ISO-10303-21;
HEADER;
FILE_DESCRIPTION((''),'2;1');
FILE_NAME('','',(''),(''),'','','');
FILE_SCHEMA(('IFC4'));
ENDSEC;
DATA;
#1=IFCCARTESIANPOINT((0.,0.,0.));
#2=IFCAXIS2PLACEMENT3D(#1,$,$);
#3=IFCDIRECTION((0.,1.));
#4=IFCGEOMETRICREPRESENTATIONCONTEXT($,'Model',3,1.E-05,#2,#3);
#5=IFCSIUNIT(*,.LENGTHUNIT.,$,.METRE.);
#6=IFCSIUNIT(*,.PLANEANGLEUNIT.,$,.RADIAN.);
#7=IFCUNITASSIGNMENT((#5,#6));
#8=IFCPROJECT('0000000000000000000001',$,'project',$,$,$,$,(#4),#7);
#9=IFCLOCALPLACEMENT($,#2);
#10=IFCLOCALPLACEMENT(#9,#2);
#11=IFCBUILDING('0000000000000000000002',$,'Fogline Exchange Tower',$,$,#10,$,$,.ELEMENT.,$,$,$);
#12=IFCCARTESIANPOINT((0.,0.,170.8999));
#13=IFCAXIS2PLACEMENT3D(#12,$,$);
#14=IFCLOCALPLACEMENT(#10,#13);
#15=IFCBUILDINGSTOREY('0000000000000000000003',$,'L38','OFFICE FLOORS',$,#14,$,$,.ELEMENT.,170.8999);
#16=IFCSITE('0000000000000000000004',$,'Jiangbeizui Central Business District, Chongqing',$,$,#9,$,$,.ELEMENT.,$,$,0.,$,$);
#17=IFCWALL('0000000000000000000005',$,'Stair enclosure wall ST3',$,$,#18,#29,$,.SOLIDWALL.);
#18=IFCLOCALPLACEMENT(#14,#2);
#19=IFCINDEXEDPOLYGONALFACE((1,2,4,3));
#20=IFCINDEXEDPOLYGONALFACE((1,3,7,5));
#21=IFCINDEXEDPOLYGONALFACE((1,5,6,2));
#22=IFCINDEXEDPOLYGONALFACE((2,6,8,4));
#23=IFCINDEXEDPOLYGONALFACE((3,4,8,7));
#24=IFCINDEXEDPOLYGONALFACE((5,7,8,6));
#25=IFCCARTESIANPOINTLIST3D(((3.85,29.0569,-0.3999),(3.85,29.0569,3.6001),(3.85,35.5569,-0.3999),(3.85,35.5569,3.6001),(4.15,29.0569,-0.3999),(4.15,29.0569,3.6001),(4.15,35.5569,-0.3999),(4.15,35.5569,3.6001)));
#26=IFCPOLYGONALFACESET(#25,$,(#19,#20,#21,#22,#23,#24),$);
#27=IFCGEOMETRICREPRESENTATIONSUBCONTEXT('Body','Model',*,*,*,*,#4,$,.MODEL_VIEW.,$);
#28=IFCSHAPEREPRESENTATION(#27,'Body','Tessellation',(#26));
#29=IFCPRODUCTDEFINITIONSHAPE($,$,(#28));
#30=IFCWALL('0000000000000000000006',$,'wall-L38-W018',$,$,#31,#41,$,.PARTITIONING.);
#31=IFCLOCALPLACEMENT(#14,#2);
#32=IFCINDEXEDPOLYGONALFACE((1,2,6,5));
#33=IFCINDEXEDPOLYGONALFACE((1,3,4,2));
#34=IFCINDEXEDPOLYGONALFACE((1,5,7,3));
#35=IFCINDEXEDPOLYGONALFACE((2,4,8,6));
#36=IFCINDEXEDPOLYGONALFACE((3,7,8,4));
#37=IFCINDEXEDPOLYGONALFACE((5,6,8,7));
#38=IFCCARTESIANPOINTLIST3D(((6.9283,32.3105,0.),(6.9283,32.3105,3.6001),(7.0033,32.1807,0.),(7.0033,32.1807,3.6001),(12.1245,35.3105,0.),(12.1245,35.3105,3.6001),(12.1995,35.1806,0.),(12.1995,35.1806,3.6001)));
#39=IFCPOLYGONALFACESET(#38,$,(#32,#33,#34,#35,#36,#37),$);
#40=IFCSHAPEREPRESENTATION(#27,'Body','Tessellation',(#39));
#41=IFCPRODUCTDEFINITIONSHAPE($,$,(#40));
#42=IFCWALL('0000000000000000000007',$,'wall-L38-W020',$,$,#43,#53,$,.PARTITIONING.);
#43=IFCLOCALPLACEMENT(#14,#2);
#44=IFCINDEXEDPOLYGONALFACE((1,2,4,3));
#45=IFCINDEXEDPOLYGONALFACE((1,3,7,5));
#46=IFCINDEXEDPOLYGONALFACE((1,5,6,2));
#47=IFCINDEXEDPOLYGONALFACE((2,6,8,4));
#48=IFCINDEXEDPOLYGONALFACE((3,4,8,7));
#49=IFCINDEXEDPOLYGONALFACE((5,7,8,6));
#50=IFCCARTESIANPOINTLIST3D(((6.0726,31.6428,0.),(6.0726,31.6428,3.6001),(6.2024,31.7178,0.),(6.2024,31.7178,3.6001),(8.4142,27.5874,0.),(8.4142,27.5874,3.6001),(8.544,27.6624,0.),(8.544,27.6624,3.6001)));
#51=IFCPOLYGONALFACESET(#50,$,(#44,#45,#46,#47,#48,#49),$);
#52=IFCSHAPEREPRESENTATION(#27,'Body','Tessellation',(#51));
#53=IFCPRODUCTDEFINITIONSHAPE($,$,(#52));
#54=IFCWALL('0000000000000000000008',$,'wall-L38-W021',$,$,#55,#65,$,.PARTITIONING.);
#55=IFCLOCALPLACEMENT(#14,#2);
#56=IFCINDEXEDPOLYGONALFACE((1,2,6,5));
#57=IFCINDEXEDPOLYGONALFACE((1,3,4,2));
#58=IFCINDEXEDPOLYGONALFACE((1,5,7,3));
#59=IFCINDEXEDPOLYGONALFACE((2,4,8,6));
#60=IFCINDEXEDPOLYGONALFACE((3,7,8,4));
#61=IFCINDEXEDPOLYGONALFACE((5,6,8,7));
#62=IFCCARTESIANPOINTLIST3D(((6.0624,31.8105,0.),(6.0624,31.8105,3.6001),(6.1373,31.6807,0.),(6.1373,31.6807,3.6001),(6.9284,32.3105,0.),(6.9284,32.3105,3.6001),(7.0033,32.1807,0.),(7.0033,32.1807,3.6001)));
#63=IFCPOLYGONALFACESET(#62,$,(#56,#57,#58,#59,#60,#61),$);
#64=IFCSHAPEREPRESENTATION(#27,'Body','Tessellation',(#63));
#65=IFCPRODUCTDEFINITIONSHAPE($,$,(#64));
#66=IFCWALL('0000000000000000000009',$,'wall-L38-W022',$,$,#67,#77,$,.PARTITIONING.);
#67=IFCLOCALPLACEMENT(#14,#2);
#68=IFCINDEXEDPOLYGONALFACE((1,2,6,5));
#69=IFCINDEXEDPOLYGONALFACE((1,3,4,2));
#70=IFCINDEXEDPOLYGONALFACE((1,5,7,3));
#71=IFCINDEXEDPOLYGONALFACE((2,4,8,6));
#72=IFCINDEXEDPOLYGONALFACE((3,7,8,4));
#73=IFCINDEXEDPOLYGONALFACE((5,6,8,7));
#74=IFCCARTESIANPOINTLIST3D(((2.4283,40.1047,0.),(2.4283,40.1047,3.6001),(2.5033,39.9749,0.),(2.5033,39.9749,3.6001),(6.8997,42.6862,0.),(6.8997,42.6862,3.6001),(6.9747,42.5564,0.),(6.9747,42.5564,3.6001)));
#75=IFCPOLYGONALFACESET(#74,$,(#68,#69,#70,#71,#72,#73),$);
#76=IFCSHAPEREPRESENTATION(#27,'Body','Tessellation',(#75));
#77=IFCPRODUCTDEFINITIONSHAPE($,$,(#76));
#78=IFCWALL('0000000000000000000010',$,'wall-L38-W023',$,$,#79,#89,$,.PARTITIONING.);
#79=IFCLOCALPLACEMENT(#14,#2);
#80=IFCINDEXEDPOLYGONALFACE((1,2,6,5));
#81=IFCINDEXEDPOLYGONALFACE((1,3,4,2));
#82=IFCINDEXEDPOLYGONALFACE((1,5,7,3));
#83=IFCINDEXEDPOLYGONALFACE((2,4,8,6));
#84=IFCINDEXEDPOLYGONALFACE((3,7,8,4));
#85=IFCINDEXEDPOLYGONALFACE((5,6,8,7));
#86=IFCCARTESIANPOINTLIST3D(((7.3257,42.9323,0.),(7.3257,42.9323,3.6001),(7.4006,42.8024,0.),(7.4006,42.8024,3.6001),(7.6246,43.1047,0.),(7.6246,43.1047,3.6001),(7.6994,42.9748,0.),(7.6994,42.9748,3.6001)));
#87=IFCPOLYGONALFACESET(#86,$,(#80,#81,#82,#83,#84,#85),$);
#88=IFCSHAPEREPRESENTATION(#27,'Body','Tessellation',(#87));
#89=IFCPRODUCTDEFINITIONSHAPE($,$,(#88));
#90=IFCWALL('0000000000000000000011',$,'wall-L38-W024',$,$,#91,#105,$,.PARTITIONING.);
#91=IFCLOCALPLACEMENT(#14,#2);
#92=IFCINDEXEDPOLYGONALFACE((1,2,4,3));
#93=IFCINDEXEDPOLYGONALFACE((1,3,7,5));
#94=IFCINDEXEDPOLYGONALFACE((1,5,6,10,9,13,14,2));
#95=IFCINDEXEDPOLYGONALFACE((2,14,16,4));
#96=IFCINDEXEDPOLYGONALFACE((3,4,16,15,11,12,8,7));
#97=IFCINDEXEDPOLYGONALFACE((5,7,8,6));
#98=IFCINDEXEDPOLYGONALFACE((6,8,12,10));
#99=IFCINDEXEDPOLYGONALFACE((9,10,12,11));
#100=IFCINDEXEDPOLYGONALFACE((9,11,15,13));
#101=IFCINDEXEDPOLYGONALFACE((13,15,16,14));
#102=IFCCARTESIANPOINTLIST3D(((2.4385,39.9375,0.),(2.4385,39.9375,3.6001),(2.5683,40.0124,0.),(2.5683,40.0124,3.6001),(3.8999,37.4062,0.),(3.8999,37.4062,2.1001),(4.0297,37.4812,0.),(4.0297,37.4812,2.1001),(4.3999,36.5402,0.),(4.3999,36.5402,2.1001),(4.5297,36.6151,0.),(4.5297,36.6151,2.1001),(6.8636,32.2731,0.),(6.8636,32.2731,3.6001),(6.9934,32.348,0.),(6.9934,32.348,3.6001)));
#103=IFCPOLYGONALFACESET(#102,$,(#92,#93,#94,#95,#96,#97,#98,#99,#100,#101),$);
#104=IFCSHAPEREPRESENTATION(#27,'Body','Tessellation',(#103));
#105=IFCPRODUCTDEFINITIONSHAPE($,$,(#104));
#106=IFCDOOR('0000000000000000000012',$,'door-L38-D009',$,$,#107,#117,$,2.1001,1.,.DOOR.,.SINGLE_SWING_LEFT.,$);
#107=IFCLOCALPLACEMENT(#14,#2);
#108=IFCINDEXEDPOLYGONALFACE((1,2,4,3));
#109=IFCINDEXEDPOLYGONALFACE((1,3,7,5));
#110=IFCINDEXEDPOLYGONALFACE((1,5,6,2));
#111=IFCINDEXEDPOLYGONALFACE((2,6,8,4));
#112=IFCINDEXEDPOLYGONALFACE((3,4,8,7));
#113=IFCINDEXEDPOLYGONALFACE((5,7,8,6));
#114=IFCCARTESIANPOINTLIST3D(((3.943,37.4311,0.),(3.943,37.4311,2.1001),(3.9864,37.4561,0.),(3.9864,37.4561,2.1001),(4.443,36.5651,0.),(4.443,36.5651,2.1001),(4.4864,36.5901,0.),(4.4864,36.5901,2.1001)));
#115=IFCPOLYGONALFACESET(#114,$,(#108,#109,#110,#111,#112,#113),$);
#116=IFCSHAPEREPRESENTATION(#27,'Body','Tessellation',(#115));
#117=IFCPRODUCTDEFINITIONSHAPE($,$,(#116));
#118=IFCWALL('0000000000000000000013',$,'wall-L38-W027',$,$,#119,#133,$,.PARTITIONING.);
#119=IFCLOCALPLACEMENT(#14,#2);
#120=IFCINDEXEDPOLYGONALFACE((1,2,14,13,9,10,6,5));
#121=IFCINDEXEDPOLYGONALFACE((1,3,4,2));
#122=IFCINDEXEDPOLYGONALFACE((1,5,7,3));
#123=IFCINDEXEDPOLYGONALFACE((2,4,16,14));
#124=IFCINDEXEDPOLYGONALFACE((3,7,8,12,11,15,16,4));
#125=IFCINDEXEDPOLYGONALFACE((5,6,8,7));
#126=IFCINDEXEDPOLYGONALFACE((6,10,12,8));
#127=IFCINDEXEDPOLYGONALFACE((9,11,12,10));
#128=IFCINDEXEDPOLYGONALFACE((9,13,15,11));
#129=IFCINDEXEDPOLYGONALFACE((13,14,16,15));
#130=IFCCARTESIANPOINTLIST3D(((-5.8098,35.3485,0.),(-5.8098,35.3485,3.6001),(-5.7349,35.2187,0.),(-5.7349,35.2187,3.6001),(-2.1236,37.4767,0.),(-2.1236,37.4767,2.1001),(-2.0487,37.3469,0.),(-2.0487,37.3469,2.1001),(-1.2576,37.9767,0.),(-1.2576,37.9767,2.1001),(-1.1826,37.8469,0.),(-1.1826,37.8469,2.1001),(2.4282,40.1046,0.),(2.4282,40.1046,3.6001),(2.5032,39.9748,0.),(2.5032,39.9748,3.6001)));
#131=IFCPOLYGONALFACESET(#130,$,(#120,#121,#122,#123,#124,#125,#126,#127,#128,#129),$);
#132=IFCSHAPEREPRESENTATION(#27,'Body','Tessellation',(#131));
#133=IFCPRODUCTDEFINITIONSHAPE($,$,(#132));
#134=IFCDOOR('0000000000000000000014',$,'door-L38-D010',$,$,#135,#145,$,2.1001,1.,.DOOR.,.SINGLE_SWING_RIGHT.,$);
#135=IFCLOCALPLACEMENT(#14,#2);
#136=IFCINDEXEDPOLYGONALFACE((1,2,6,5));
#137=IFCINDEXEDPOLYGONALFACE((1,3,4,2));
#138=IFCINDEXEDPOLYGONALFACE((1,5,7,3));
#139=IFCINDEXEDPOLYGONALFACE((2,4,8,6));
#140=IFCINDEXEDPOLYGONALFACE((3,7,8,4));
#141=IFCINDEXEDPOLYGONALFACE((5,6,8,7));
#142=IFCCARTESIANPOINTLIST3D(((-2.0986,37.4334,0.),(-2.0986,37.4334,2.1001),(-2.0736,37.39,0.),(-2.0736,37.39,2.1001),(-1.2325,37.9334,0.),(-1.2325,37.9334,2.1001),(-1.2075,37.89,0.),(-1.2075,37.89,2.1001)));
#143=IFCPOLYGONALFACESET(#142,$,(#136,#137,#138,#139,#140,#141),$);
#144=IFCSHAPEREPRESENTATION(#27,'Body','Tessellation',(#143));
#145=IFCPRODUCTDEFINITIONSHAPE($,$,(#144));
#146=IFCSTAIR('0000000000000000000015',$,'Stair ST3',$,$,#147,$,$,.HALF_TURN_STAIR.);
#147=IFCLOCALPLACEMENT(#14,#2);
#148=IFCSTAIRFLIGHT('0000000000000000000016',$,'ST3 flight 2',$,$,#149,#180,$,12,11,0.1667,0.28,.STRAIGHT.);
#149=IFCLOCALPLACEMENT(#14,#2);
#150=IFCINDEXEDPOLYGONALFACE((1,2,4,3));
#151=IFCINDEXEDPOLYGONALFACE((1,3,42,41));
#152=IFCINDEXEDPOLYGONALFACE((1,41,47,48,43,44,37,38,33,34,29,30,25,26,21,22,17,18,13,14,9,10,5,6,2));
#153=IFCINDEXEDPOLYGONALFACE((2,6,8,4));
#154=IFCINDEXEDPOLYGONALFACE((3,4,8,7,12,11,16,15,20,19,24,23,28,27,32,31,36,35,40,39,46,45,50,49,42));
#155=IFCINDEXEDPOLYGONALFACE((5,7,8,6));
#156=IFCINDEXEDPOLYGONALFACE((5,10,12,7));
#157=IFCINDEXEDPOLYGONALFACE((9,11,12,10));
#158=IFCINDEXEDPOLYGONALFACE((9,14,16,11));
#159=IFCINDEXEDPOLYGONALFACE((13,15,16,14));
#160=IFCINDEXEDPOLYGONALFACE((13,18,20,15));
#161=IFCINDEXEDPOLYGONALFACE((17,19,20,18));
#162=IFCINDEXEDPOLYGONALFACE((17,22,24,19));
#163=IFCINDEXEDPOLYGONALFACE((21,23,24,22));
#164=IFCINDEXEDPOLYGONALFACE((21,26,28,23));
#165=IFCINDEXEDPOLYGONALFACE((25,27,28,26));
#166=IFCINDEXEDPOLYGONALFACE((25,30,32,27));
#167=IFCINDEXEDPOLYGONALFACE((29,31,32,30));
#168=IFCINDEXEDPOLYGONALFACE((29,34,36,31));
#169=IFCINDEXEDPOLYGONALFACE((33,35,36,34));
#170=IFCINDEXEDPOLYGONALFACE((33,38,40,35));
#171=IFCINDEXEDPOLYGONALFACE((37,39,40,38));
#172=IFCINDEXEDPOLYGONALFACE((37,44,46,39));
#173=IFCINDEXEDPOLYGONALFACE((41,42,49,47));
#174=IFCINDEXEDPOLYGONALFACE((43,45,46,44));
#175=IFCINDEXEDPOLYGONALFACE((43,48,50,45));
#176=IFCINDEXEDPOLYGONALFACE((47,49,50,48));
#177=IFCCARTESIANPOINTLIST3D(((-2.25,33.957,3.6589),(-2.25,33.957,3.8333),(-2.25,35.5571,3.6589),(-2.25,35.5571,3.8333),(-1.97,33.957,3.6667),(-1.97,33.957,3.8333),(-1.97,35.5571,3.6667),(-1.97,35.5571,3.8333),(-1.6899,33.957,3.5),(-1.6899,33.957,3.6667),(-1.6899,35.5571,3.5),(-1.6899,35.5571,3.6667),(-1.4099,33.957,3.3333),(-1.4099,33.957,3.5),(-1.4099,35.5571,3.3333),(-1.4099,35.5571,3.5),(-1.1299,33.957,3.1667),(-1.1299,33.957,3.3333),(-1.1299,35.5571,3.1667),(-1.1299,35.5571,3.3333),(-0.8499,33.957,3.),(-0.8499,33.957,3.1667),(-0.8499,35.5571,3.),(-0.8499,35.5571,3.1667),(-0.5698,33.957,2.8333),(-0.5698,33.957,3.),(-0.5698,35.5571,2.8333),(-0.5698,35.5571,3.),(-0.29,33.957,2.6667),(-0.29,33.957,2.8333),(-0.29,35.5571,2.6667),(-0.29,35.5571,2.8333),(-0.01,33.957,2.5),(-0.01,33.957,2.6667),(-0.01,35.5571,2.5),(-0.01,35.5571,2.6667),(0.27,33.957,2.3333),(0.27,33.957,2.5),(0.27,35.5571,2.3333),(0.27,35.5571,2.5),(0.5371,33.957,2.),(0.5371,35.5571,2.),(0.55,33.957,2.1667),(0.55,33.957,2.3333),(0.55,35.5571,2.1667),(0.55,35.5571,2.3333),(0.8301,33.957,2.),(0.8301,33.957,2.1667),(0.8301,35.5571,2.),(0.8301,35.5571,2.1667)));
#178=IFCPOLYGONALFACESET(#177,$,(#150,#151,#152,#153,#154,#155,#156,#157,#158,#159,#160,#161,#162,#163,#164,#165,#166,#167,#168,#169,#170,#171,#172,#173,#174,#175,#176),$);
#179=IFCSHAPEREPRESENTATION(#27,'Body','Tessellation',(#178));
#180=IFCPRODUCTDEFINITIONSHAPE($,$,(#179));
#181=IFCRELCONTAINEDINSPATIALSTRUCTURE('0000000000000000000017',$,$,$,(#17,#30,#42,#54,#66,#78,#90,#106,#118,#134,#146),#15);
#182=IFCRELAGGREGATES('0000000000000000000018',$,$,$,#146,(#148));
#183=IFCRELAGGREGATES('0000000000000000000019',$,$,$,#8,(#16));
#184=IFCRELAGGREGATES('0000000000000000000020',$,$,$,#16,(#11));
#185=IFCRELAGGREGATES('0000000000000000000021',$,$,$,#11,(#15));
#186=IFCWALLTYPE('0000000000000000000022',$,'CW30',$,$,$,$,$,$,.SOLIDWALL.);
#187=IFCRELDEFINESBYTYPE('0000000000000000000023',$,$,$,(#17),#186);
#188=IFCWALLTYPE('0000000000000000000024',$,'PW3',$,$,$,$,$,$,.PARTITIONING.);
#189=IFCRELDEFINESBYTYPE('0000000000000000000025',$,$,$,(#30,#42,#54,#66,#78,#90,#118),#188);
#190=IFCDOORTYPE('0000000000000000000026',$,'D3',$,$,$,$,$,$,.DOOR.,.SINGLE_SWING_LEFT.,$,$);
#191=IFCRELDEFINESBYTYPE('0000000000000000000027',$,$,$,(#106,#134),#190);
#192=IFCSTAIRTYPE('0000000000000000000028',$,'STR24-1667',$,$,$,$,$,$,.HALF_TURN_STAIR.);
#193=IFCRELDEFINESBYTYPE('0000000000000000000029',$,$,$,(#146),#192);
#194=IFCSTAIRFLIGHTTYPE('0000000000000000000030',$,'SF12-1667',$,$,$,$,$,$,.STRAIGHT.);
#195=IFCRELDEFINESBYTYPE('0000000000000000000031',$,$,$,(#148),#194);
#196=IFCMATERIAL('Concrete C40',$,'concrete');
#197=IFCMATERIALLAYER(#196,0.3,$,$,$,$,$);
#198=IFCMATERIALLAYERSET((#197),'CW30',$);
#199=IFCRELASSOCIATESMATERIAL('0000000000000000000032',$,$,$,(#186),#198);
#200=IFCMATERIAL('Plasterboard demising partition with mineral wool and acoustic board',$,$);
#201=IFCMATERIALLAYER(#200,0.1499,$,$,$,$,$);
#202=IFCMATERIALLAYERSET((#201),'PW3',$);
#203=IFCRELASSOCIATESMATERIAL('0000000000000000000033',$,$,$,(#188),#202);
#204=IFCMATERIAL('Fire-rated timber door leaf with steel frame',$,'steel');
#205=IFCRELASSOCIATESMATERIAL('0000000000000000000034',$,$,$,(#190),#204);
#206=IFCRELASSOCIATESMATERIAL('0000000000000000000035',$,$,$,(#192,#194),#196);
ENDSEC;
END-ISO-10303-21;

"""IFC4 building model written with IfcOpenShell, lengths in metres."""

from ifc_helpers import new_model, si_unit, direction, frame, frame_2d, origin, place, context, subcontext, project, spatial, polyline, rectangle, outline, extrude, material, layer, layer_set, type_object, element, fill, aggregate, save


model = new_model("IFC4")

# Units and contexts
model_context = context("Model", 3, precision=1e-05, world=origin(), true_north=direction((0.0, 1.0)))
body_context = subcontext(model_context, "Body", "Model", "MODEL_VIEW")
ifc_project = project(units=[si_unit("LENGTHUNIT", "METRE"), si_unit("PLANEANGLEUNIT", "RADIAN")], contexts=[model_context])

# Site, building, storey
site_placement = place(None, origin())
site = spatial("IfcSite", under=ifc_project, at=site_placement, Name="Jiangbeizui Central Business District, Chongqing", CompositionType="ELEMENT", RefElevation=0.0)
building_placement = place(site_placement, origin())
building = spatial("IfcBuilding", under=site, at=building_placement, Name="Fogline Exchange Tower", CompositionType="ELEMENT")
storey_placement = place(building_placement, frame((0.0, 0.0, 170.8999)))
storey = spatial("IfcBuildingStorey", under=building, at=storey_placement, Name="L38", Description="OFFICE FLOORS", CompositionType="ELEMENT", Elevation=170.8999)

# Shared definitions
ifc_material_1 = material(Name="Concrete C40", Category="concrete")

# Wall
ifc_layer_1 = layer(ifc_material_1, 0.3)
ifc_layer_set_1 = layer_set([ifc_layer_1], Name="CW30")
wall_type_1 = type_object("IfcWallType", Name="CW30", PredefinedType="SOLIDWALL", material=ifc_layer_set_1)
wall_1_placement = place(storey_placement, frame((4.0, 29.0569, -0.3999), z_axis=(0.0, 0.0, 1.0), x_axis=(0.0, 1.0, 0.0)))
element("IfcWall", 1, at=wall_1_placement, inside=storey, type_object=wall_type_1, Name="Stair enclosure wall ST3", PredefinedType="SOLIDWALL", context=body_context, shape_type="SweptSolid", body=[
    extrude(rectangle(XDim=6.5, YDim=0.3, at=frame_2d((3.25, 0.0))), origin(), (0.0, 0.0, 1.0), 4.0),
])

# Walls
ifc_material_2 = material(Name="Plasterboard demising partition with mineral wool and acoustic board")
ifc_layer_2 = layer(ifc_material_2, 0.1499)
ifc_layer_set_2 = layer_set([ifc_layer_2], Name="PW3")
wall_type_2 = type_object("IfcWallType", Name="PW3", PredefinedType="PARTITIONING", material=ifc_layer_set_2)
wall_2_placement = place(storey_placement, frame((6.9658, 32.2456, 0.0), z_axis=(0.0, 0.0, 1.0), x_axis=(0.866031, 0.49999, 0.0)))
element("IfcWall", 2, at=wall_2_placement, inside=storey, type_object=wall_type_2, Name="wall-L38-W018", PredefinedType="PARTITIONING", context=body_context, shape_type="SweptSolid", body=[
    extrude(rectangle(XDim=6.0, YDim=0.1499, at=frame_2d((3.0, 0.0))), origin(), (0.0, 0.0, 1.0), 3.6001),
])
wall_3_placement = place(storey_placement, frame((8.479, 27.625, 0.0), z_axis=(0.0, 0.0, 1.0), x_axis=(-0.500025, 0.866011, 0.0)))
element("IfcWall", 3, at=wall_3_placement, inside=storey, type_object=wall_type_2, Name="wall-L38-W020", PredefinedType="PARTITIONING", context=body_context, shape_type="SweptSolid", body=[
    extrude(rectangle(XDim=4.6829, YDim=0.1499, at=frame_2d((2.3413, 0.0))), origin(), (0.0, 0.0, 1.0), 3.6001),
])
wall_4_placement = place(storey_placement, frame((6.0999, 31.7456, 0.0), z_axis=(0.0, 0.0, 1.0), x_axis=(0.866011, 0.500025, 0.0)))
element("IfcWall", 4, at=wall_4_placement, inside=storey, type_object=wall_type_2, Name="wall-L38-W021", PredefinedType="PARTITIONING", context=body_context, shape_type="SweptSolid", body=[
    extrude(rectangle(XDim=1.0, YDim=0.1499, at=frame_2d((0.5, 0.0))), origin(), (0.0, 0.0, 1.0), 3.6001),
])
wall_5_placement = place(storey_placement, frame((2.4658, 40.0398, 0.0), z_axis=(0.0, 0.0, 1.0), x_axis=(0.866029, 0.499994, 0.0)))
element("IfcWall", 5, at=wall_5_placement, inside=storey, type_object=wall_type_2, Name="wall-L38-W022", PredefinedType="PARTITIONING", context=body_context, shape_type="SweptSolid", body=[
    extrude(rectangle(XDim=5.1631, YDim=0.1499, at=frame_2d((2.5815, 0.0))), origin(), (0.0, 0.0, 1.0), 3.6001),
])
wall_6_placement = place(storey_placement, frame((7.3633, 42.8674, 0.0), z_axis=(0.0, 0.0, 1.0), x_axis=(0.866233, 0.499641, 0.0)))
element("IfcWall", 6, at=wall_6_placement, inside=storey, type_object=wall_type_2, Name="wall-L38-W023", PredefinedType="PARTITIONING", context=body_context, shape_type="SweptSolid", body=[
    extrude(rectangle(XDim=0.345, YDim=0.1499, at=frame_2d((0.1724, 0.0))), origin(), (0.0, 0.0, 1.0), 3.6001),
])

# Walls, openings, doors
wall_7_placement = place(storey_placement, frame((6.9285, 32.3105, 0.0), z_axis=(0.0, 0.0, 1.0), x_axis=(-0.500005, 0.866023, 0.0)))
wall_7 = element("IfcWall", 7, at=wall_7_placement, inside=storey, type_object=wall_type_2, Name="wall-L38-W024", PredefinedType="PARTITIONING", context=body_context, shape_type="SweptSolid", body=[
    extrude(rectangle(XDim=8.8501, YDim=0.1499, at=frame_2d((4.425, 0.0))), origin(), (0.0, 0.0, 1.0), 3.6001),
])
opening_1_placement = place(wall_7_placement, frame((4.9272, 0.0, 0.0)))
opening_1 = element("IfcOpeningElement", 8, at=opening_1_placement, cuts=wall_7, PredefinedType="OPENING", context=body_context, shape_type="SweptSolid", body=[
    extrude(rectangle(XDim=1.0, YDim=2.1001, at=frame_2d((0.5, 1.05))), frame((0.0, 0.085, 0.0), z_axis=(0.0, -1.0, 0.0), x_axis=(1.0, 0.0, 0.0)), (0.0, 0.0, 1.0), 0.1699),
])
ifc_material_3 = material(Name="Fire-rated timber door leaf with steel frame", Category="steel")
door_type_1 = type_object("IfcDoorType", Name="D3", OperationType="SINGLE_SWING_LEFT", PredefinedType="DOOR", material=ifc_material_3)
door_1_placement = place(opening_1_placement, frame((1.0, 0.0, 0.0), z_axis=(0.0, 0.0, 1.0), x_axis=(-1.0, 0.0, 0.0)))
door_1 = element("IfcDoor", 9, at=door_1_placement, inside=storey, type_object=door_type_1, Name="door-L38-D009", OperationType="SINGLE_SWING_LEFT", OverallHeight=2.1001, OverallWidth=1.0, PredefinedType="DOOR", context=body_context, shape_type="SweptSolid", body=[
    extrude(rectangle(XDim=1.0, YDim=2.1001, at=frame_2d((0.5, 1.05))), frame((0.0, 0.0249, 0.0), z_axis=(0.0, -1.0, 0.0), x_axis=(1.0, 0.0, 0.0)), (0.0, 0.0, 1.0), 0.05),
])
fill(opening_1, door_1)
wall_8_placement = place(storey_placement, frame((2.4658, 40.0398, 0.0), z_axis=(0.0, 0.0, 1.0), x_axis=(-0.866031, -0.49999, 0.0)))
wall_8 = element("IfcWall", 10, at=wall_8_placement, inside=storey, type_object=wall_type_2, Name="wall-L38-W027", PredefinedType="PARTITIONING", context=body_context, shape_type="SweptSolid", body=[
    extrude(rectangle(XDim=9.5125, YDim=0.1499, at=frame_2d((4.7563, 0.0))), origin(), (0.0, 0.0, 1.0), 3.6001),
])
opening_2_placement = place(wall_8_placement, frame((4.2561, 0.0, 0.0)))
opening_2 = element("IfcOpeningElement", 11, at=opening_2_placement, cuts=wall_8, PredefinedType="OPENING", context=body_context, shape_type="SweptSolid", body=[
    extrude(rectangle(XDim=1.0, YDim=2.1001, at=frame_2d((0.5, 1.05))), frame((0.0, 0.085, 0.0), z_axis=(0.0, -1.0, 0.0), x_axis=(1.0, 0.0, 0.0)), (0.0, 0.0, 1.0), 0.1699),
])
door_2_placement = place(opening_2_placement, frame((1.0, 0.0, 0.0), z_axis=(0.0, 0.0, 1.0), x_axis=(-1.0, 0.0, 0.0)))
door_2 = element("IfcDoor", 12, at=door_2_placement, inside=storey, type_object=door_type_1, Name="door-L38-D010", OperationType="SINGLE_SWING_RIGHT", OverallHeight=2.1001, OverallWidth=1.0, PredefinedType="DOOR", context=body_context, shape_type="SweptSolid", body=[
    extrude(rectangle(XDim=1.0, YDim=2.1001, at=frame_2d((0.5, 1.05))), frame((0.0, 0.0249, 0.0), z_axis=(0.0, -1.0, 0.0), x_axis=(1.0, 0.0, 0.0)), (0.0, 0.0, 1.0), 0.05),
])
fill(opening_2, door_2)

# Stair, stair flight
stair_type = type_object("IfcStairType", Name="STR24-1667", PredefinedType="HALF_TURN_STAIR", material=ifc_material_1)
stair_placement = place(storey_placement, origin())
stair = element("IfcStair", 13, at=stair_placement, inside=storey, type_object=stair_type, Name="Stair ST3", PredefinedType="HALF_TURN_STAIR")
stair_flight_type = type_object("IfcStairFlightType", Name="SF12-1667", PredefinedType="STRAIGHT", material=ifc_material_1)
stair_flight_placement = place(storey_placement, frame((0.8301, 34.7571, 2.0), z_axis=(0.0, 0.0, 1.0), x_axis=(-1.0, 0.0, 0.0)))
stair_flight = element("IfcStairFlight", 14, at=stair_flight_placement, type_object=stair_flight_type, Name="ST3 flight 2", NumberOfRisers=12, NumberOfTreads=11, PredefinedType="STRAIGHT", RiserHeight=0.1667, TreadLength=0.28, context=body_context, shape_type="SweptSolid", body=[
    extrude(outline(polyline([(0.0, 0.0), (0.0, 0.1667), (0.28, 0.1667), (0.28, 0.3333), (0.5601, 0.3333), (0.5601, 0.5), (0.8401, 0.5), (0.8401, 0.6667), (1.1201, 0.6667), (1.1201, 0.8333), (1.3999, 0.8333), (1.3999, 1.0), (1.6799, 1.0), (1.6799, 1.1667), (1.96, 1.1667), (1.96, 1.3333), (2.24, 1.3333), (2.24, 1.5), (2.52, 1.5), (2.52, 1.6667), (2.8, 1.6667), (2.8, 1.8333), (3.0801, 1.8333), (3.0801, 2.0), (3.0801, 1.6589), (0.293, 0.0), (0.0, 0.0)])), frame((0.0, 0.8, 0.0), z_axis=(0.0, -1.0, 0.0), x_axis=(1.0, 0.0, 0.0)), (0.0, 0.0, 1.0), 1.6001),
])
aggregate(stair, [stair_flight])

save(model, "model.ifc")
